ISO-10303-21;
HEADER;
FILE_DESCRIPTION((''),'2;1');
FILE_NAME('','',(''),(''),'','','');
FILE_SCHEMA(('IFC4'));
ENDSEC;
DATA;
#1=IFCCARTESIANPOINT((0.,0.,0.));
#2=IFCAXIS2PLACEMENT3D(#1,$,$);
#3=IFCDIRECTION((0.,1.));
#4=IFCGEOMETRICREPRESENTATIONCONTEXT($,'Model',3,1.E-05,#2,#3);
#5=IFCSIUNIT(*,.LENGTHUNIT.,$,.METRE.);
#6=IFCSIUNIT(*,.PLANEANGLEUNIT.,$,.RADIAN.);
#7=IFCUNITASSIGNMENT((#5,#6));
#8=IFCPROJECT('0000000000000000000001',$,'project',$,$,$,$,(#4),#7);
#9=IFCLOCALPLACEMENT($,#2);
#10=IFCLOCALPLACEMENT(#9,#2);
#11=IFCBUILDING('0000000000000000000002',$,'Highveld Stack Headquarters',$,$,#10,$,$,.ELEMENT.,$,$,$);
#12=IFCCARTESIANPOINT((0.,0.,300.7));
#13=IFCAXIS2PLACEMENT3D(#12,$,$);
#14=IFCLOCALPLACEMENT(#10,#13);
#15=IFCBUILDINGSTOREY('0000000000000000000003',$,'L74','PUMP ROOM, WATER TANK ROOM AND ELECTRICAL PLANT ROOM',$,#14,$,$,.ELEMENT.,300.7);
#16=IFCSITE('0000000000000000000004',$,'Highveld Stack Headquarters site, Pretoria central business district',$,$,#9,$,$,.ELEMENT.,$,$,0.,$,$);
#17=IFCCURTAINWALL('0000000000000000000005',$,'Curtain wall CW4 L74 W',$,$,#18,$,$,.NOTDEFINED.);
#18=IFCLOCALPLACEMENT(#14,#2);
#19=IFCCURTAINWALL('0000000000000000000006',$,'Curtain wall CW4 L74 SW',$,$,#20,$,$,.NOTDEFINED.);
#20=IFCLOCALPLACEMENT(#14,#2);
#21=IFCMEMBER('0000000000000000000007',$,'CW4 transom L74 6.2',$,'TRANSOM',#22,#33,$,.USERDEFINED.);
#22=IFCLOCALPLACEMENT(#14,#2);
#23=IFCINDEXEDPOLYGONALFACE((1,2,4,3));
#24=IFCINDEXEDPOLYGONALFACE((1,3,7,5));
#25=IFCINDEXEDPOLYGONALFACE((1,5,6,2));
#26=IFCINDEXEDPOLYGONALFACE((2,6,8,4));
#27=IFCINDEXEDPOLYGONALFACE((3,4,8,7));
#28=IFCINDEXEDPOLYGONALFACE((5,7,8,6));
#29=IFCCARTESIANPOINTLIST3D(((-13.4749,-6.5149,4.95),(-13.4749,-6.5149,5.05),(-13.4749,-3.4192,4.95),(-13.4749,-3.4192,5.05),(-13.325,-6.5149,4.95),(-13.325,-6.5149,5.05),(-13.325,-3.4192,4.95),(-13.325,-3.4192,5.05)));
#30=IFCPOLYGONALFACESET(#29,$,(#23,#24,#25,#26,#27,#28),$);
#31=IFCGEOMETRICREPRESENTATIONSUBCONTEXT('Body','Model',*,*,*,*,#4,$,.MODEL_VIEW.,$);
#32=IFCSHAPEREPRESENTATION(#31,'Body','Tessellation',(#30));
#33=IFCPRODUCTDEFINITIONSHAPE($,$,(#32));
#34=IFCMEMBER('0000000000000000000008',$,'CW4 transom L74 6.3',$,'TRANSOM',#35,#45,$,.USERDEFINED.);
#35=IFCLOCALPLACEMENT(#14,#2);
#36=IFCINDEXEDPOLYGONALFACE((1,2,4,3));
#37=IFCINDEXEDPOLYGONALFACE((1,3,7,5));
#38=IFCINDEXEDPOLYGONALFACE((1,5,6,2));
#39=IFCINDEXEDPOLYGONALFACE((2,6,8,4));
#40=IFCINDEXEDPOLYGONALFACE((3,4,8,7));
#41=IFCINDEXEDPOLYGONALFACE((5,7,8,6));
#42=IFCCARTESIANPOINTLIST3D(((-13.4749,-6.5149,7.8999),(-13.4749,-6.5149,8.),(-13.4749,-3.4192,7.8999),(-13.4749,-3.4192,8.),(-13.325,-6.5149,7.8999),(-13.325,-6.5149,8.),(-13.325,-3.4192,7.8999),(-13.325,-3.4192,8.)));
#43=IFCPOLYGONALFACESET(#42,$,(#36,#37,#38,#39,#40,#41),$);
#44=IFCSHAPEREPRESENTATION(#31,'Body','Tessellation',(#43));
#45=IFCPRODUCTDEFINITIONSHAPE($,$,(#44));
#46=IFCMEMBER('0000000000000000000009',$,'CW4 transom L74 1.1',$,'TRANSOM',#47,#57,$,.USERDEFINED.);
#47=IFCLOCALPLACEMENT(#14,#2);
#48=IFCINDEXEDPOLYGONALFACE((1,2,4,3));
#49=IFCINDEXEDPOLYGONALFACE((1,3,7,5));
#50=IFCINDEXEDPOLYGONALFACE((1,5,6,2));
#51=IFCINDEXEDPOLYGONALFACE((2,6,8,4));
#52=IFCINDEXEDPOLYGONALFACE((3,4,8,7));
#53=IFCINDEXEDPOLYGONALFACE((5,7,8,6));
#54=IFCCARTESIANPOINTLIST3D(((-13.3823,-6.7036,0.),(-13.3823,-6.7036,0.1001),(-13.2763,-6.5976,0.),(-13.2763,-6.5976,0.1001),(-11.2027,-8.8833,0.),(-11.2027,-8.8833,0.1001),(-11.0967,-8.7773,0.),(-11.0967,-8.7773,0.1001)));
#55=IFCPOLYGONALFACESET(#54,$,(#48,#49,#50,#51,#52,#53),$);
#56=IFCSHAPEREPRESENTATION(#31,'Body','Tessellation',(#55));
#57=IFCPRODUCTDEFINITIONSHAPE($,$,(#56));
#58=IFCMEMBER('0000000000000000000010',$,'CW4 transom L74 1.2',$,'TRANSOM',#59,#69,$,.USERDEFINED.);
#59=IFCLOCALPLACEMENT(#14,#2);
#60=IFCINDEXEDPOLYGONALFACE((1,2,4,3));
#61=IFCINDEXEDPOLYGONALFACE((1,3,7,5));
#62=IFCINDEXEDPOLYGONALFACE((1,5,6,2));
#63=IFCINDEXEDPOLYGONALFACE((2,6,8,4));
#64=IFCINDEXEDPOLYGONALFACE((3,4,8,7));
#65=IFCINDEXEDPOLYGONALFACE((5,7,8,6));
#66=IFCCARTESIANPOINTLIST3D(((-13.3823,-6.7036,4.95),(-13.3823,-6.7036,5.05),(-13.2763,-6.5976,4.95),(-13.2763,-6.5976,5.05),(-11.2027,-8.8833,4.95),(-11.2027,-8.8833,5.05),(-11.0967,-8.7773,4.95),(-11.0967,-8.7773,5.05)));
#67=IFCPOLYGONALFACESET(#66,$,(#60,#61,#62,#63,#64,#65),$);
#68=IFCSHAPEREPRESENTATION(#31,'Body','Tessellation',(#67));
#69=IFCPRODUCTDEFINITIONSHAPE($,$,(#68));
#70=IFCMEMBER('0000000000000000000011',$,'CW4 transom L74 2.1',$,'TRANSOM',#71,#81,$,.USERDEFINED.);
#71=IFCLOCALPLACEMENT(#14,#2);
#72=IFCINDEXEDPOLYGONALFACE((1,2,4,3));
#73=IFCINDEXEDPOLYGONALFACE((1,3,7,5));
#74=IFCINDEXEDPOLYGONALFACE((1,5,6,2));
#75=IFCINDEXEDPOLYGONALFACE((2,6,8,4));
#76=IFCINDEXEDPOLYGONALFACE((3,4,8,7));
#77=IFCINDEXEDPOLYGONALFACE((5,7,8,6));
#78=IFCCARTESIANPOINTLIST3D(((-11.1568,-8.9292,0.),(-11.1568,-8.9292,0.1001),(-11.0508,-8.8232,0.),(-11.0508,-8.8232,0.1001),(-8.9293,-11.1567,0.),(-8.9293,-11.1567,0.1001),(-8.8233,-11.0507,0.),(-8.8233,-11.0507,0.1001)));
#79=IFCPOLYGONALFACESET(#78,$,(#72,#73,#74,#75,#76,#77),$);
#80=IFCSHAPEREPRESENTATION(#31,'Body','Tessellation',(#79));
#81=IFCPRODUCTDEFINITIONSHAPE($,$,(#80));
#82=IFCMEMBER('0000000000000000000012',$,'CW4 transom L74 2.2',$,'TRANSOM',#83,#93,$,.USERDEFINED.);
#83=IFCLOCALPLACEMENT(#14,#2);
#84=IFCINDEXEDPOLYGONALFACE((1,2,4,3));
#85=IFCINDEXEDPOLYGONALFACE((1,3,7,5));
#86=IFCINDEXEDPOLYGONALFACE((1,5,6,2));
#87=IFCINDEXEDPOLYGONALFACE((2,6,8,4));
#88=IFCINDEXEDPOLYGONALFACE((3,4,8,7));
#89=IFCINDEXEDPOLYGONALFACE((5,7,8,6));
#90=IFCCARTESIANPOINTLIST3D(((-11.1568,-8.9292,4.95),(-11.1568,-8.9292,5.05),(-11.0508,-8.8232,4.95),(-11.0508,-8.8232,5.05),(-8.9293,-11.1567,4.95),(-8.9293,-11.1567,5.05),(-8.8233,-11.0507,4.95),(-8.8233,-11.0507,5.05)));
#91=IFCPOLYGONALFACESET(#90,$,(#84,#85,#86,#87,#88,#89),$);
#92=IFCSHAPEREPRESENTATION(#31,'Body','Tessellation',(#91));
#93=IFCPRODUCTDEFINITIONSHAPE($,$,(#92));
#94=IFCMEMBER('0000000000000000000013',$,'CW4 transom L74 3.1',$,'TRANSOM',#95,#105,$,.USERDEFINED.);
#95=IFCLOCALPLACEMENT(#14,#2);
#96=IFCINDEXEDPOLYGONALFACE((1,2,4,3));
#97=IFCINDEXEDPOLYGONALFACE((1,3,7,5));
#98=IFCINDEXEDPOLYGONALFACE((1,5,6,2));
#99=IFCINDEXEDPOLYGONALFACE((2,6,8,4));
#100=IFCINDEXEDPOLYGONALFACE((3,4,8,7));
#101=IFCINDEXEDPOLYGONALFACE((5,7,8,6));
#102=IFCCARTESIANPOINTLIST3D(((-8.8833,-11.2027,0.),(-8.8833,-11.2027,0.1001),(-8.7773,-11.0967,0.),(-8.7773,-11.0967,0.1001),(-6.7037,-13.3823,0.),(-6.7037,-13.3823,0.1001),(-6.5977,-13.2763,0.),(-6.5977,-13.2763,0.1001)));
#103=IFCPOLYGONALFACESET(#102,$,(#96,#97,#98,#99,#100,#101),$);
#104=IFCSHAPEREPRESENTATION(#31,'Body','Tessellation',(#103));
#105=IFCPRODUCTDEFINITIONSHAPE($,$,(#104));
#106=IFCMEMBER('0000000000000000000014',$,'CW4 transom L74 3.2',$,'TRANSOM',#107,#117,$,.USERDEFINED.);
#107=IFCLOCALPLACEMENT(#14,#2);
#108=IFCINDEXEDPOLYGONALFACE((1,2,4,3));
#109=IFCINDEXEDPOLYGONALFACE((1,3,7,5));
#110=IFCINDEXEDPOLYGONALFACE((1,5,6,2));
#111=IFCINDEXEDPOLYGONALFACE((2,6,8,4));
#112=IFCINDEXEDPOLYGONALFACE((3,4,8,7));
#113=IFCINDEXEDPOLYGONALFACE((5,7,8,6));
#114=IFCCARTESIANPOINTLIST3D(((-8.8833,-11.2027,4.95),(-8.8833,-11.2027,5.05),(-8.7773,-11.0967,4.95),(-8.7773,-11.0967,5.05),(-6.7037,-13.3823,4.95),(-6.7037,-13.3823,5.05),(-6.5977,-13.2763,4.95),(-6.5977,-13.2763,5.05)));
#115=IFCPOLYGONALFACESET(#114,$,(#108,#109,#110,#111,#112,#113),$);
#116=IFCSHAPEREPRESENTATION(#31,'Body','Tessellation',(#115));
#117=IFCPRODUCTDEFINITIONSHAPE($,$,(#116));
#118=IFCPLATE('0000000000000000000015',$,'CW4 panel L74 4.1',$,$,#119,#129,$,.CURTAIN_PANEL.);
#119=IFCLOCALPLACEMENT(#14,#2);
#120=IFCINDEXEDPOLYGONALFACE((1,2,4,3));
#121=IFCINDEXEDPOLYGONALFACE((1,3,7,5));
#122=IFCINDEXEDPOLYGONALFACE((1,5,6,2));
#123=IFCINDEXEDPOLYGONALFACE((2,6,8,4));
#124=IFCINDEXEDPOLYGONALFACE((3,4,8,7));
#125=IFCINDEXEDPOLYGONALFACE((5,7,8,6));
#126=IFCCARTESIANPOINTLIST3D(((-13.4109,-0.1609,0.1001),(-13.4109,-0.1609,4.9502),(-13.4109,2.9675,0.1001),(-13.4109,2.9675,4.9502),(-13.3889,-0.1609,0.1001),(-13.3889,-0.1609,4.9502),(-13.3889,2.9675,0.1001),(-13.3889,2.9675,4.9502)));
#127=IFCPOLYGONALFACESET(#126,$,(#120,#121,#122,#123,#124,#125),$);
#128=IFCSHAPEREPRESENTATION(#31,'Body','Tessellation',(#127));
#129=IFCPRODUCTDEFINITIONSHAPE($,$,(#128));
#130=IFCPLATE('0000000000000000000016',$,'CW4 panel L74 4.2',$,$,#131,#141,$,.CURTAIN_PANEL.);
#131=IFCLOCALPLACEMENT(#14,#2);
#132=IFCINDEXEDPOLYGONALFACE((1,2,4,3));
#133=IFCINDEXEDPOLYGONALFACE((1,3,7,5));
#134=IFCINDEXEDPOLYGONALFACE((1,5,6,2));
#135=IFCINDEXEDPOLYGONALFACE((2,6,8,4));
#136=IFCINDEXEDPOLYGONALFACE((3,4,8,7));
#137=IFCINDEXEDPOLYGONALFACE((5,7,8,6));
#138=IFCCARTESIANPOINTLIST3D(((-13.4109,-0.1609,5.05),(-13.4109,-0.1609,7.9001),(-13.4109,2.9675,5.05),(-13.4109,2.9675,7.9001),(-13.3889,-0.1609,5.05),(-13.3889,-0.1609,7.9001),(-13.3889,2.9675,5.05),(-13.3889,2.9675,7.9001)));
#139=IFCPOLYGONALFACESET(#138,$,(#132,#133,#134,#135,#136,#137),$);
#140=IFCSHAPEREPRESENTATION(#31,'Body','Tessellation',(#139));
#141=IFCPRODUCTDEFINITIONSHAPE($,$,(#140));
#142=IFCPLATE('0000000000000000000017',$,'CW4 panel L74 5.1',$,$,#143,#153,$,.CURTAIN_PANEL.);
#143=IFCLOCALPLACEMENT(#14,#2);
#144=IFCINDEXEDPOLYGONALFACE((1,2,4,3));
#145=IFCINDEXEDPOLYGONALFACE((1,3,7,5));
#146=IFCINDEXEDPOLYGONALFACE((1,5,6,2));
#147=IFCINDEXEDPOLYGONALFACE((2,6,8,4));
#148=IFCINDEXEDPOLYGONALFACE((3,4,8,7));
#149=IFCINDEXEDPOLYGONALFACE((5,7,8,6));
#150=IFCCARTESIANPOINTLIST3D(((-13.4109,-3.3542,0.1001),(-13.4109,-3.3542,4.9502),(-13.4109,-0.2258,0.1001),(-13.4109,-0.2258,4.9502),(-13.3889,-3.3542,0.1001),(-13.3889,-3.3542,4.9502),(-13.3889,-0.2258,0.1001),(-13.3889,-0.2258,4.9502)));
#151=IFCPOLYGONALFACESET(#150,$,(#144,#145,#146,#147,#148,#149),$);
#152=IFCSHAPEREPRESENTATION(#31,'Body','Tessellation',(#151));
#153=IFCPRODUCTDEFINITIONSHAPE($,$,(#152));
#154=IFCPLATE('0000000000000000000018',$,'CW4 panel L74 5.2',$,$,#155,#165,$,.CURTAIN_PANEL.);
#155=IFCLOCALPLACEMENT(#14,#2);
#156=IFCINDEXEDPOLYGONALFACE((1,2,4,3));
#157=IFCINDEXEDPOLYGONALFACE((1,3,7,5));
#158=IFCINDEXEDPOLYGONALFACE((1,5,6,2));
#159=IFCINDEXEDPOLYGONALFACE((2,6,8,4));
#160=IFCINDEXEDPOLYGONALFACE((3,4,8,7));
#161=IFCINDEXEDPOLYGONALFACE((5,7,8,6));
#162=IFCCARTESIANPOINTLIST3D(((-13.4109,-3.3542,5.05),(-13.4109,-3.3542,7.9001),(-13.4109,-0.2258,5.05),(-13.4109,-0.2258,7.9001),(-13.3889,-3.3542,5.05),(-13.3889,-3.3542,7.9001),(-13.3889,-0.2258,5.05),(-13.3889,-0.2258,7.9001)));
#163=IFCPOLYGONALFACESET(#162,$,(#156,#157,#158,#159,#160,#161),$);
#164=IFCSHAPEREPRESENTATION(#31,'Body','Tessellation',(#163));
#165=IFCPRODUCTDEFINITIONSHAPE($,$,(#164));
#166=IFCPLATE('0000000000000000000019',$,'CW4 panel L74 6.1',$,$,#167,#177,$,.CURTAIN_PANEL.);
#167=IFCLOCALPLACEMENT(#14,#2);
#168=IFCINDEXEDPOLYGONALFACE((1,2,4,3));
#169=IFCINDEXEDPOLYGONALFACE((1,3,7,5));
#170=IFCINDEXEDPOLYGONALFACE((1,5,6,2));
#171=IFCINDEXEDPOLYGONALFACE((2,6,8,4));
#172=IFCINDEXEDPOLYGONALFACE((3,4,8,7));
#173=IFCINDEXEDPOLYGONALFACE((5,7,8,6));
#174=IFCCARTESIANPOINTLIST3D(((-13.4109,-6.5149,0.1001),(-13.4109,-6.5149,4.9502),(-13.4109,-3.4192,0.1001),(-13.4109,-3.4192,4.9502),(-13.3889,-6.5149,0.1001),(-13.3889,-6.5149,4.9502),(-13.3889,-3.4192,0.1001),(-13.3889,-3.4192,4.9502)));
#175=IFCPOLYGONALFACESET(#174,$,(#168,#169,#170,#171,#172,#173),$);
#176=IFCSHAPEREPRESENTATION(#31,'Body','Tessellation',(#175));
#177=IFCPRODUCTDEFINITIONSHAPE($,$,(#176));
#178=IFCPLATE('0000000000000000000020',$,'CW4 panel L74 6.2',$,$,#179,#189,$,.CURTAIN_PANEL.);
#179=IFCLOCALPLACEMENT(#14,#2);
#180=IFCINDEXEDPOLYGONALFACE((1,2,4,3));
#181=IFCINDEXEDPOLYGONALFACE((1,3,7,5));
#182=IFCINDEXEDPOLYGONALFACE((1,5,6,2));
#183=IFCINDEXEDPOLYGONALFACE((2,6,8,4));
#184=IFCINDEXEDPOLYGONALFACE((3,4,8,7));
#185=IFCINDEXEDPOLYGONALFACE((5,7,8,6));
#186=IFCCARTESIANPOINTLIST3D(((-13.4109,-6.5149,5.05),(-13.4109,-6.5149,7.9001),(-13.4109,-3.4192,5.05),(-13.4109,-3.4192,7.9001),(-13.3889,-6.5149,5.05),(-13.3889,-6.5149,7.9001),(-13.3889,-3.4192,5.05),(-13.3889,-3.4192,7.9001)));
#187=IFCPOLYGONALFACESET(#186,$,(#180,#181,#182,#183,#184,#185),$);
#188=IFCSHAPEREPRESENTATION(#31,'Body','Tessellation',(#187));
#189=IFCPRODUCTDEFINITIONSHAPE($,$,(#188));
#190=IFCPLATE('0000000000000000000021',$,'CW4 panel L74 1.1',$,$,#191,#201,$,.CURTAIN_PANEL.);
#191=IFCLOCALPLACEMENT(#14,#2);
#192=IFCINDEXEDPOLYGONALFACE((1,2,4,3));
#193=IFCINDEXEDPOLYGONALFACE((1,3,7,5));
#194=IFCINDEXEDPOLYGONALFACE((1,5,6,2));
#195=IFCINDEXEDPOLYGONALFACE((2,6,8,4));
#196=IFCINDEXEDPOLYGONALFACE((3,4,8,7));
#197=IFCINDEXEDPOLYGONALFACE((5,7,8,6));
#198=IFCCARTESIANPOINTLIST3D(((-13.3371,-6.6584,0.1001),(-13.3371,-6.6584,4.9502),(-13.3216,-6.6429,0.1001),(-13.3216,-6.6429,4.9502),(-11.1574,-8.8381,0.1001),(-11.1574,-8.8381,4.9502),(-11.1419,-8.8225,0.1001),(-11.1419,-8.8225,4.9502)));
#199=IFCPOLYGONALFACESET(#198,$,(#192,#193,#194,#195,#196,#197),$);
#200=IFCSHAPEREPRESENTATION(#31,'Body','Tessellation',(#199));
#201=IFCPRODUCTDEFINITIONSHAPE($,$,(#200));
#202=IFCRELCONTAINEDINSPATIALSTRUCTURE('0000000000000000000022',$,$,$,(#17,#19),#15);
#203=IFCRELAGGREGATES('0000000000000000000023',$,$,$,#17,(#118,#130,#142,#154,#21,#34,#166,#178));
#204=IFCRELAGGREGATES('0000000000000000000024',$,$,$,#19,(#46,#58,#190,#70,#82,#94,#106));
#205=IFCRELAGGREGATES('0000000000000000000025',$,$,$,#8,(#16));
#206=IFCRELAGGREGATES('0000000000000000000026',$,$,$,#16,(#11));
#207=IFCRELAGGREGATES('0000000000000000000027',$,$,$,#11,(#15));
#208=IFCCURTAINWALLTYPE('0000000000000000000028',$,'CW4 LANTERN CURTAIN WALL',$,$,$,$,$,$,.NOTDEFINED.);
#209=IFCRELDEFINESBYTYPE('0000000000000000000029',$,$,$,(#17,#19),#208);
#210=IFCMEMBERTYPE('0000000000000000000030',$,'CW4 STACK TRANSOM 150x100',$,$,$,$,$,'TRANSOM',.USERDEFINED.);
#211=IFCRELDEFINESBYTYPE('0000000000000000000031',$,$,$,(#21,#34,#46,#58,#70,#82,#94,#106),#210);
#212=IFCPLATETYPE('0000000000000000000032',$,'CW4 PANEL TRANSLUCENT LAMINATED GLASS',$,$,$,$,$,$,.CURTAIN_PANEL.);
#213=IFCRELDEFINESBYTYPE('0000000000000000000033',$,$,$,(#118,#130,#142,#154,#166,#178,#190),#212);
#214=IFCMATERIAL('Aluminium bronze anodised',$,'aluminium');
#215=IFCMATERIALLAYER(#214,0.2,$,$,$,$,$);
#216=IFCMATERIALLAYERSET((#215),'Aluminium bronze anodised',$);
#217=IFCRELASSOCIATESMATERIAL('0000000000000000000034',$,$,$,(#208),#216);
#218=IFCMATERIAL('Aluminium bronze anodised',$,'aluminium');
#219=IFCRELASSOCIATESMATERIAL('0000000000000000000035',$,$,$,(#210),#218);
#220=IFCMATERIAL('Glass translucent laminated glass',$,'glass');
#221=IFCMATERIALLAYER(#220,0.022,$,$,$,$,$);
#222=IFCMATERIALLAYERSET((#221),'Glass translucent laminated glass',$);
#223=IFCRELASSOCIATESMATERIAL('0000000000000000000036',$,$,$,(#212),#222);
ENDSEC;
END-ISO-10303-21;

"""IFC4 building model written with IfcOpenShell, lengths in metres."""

from ifc_helpers import new_model, si_unit, direction, frame, origin, origin_2d, place, context, subcontext, project, spatial, rectangle, extrude, material, layer, layer_set, material_profile, profile_set, type_object, element, aggregate, save


model = new_model("IFC4")

# Units and contexts
model_context = context("Model", 3, precision=1e-05, world=origin(), true_north=direction((0.0, 1.0)))
body_context = subcontext(model_context, "Body", "Model", "MODEL_VIEW")
ifc_project = project(units=[si_unit("LENGTHUNIT", "METRE"), si_unit("PLANEANGLEUNIT", "RADIAN")], contexts=[model_context])

# Site, building, storey
site_placement = place(None, origin())
site = spatial("IfcSite", under=ifc_project, at=site_placement, Name="Highveld Stack Headquarters site, Pretoria central business district", CompositionType="ELEMENT", RefElevation=0.0)
building_placement = place(site_placement, origin())
building = spatial("IfcBuilding", under=site, at=building_placement, Name="Highveld Stack Headquarters", CompositionType="ELEMENT")
storey_placement = place(building_placement, frame((0.0, 0.0, 300.7)))
storey = spatial("IfcBuildingStorey", under=building, at=storey_placement, Name="L74", Description="PUMP ROOM, WATER TANK ROOM AND ELECTRICAL PLANT ROOM", CompositionType="ELEMENT", Elevation=300.7)

# Shared definitions
ifc_material_1 = material(Name="Aluminium bronze anodised", Category="aluminium")
ifc_layer_1 = layer(ifc_material_1, 0.2)
ifc_layer_set_1 = layer_set([ifc_layer_1], Name="Aluminium bronze anodised")
curtain_wall_type = type_object("IfcCurtainWallType", Name="CW4 LANTERN CURTAIN WALL", PredefinedType="NOTDEFINED", material=ifc_layer_set_1)

# Curtain walls
curtain_wall_1_placement = place(storey_placement, origin())
curtain_wall_1 = element("IfcCurtainWall", 1, at=curtain_wall_1_placement, inside=storey, type_object=curtain_wall_type, Name="Curtain wall CW4 L74 W", PredefinedType="NOTDEFINED")
curtain_wall_2_placement = place(storey_placement, origin())
curtain_wall_2 = element("IfcCurtainWall", 2, at=curtain_wall_2_placement, inside=storey, type_object=curtain_wall_type, Name="Curtain wall CW4 L74 SW", PredefinedType="NOTDEFINED")

# Members
ifc_material_2 = material(Name="Aluminium bronze anodised", Category="aluminium")
ifc_material_profile_1 = material_profile(ifc_material_2, rectangle(XDim=0.1499, YDim=0.1001, at=origin_2d()), Name="CW4 TRANSOM 150x100")
ifc_profile_set_1 = profile_set([ifc_material_profile_1], Name="Aluminium bronze anodised")
member_type_1 = type_object("IfcMemberType", Name="CW4 STACK TRANSOM 150x100", ElementType="TRANSOM", PredefinedType="USERDEFINED", material=ifc_profile_set_1)
member_1_placement = place(storey_placement, frame((-13.3999, -3.4192, 5.0), z_axis=(0.0, -1.0, 0.0), x_axis=(1.0, 0.0, 0.0)))
member_1 = element("IfcMember", 3, at=member_1_placement, type_object=member_type_1, Name="CW4 transom L74 6.2", ObjectType="TRANSOM", PredefinedType="USERDEFINED", context=body_context, shape_type="SweptSolid", body=[
    extrude(rectangle(XDim=0.1499, YDim=0.1001, at=origin_2d()), origin(), (0.0, 0.0, 1.0), 3.0957),
])
member_2_placement = place(storey_placement, frame((-13.3999, -3.4192, 7.95), z_axis=(0.0, -1.0, 0.0), x_axis=(1.0, 0.0, 0.0)))
member_2 = element("IfcMember", 4, at=member_2_placement, type_object=member_type_1, Name="CW4 transom L74 6.3", ObjectType="TRANSOM", PredefinedType="USERDEFINED", context=body_context, shape_type="SweptSolid", body=[
    extrude(rectangle(XDim=0.1499, YDim=0.1001, at=origin_2d()), origin(), (0.0, 0.0, 1.0), 3.0957),
])
member_3_placement = place(storey_placement, frame((-13.3293, -6.6506, 0.05), z_axis=(0.707107, -0.707107, 0.0), x_axis=(0.707107, 0.707107, 0.0)))
member_3 = element("IfcMember", 5, at=member_3_placement, type_object=member_type_1, Name="CW4 transom L74 1.1", ObjectType="TRANSOM", PredefinedType="USERDEFINED", context=body_context, shape_type="SweptSolid", body=[
    extrude(rectangle(XDim=0.1499, YDim=0.1001, at=origin_2d()), origin(), (0.0, 0.0, 1.0), 3.0825),
])
member_4_placement = place(storey_placement, frame((-13.3293, -6.6506, 5.0), z_axis=(0.707107, -0.707107, 0.0), x_axis=(0.707107, 0.707107, 0.0)))
member_4 = element("IfcMember", 6, at=member_4_placement, type_object=member_type_1, Name="CW4 transom L74 1.2", ObjectType="TRANSOM", PredefinedType="USERDEFINED", context=body_context, shape_type="SweptSolid", body=[
    extrude(rectangle(XDim=0.1499, YDim=0.1001, at=origin_2d()), origin(), (0.0, 0.0, 1.0), 3.0825),
])
member_5_placement = place(storey_placement, frame((-11.1038, -8.8762, 0.05), z_axis=(0.707107, -0.707107, 0.0), x_axis=(0.707107, 0.707107, 0.0)))
member_5 = element("IfcMember", 7, at=member_5_placement, type_object=member_type_1, Name="CW4 transom L74 2.1", ObjectType="TRANSOM", PredefinedType="USERDEFINED", context=body_context, shape_type="SweptSolid", body=[
    extrude(rectangle(XDim=0.1499, YDim=0.1001, at=origin_2d()), origin(), (0.0, 0.0, 1.0), 3.1501),
])
member_6_placement = place(storey_placement, frame((-11.1038, -8.8762, 5.0), z_axis=(0.707107, -0.707107, 0.0), x_axis=(0.707107, 0.707107, 0.0)))
member_6 = element("IfcMember", 8, at=member_6_placement, type_object=member_type_1, Name="CW4 transom L74 2.2", ObjectType="TRANSOM", PredefinedType="USERDEFINED", context=body_context, shape_type="SweptSolid", body=[
    extrude(rectangle(XDim=0.1499, YDim=0.1001, at=origin_2d()), origin(), (0.0, 0.0, 1.0), 3.1501),
])
member_7_placement = place(storey_placement, frame((-8.8303, -11.1497, 0.05), z_axis=(0.707107, -0.707107, 0.0), x_axis=(0.707107, 0.707107, 0.0)))
member_7 = element("IfcMember", 9, at=member_7_placement, type_object=member_type_1, Name="CW4 transom L74 3.1", ObjectType="TRANSOM", PredefinedType="USERDEFINED", context=body_context, shape_type="SweptSolid", body=[
    extrude(rectangle(XDim=0.1499, YDim=0.1001, at=origin_2d()), origin(), (0.0, 0.0, 1.0), 3.0825),
])
member_8_placement = place(storey_placement, frame((-8.8303, -11.1497, 5.0), z_axis=(0.707107, -0.707107, 0.0), x_axis=(0.707107, 0.707107, 0.0)))
member_8 = element("IfcMember", 10, at=member_8_placement, type_object=member_type_1, Name="CW4 transom L74 3.2", ObjectType="TRANSOM", PredefinedType="USERDEFINED", context=body_context, shape_type="SweptSolid", body=[
    extrude(rectangle(XDim=0.1499, YDim=0.1001, at=origin_2d()), origin(), (0.0, 0.0, 1.0), 3.0825),
])

# Plates
ifc_material_3 = material(Name="Glass translucent laminated glass", Category="glass")
ifc_layer_2 = layer(ifc_material_3, 0.022)
ifc_layer_set_2 = layer_set([ifc_layer_2], Name="Glass translucent laminated glass")
plate_type = type_object("IfcPlateType", Name="CW4 PANEL TRANSLUCENT LAMINATED GLASS", PredefinedType="CURTAIN_PANEL", material=ifc_layer_set_2)
plate_1_placement = place(storey_placement, frame((-13.3999, 1.4033, 0.1001), z_axis=(0.0, 0.0, 1.0), x_axis=(0.0, -1.0, 0.0)))
plate_1 = element("IfcPlate", 11, at=plate_1_placement, type_object=plate_type, Name="CW4 panel L74 4.1", PredefinedType="CURTAIN_PANEL", context=body_context, shape_type="SweptSolid", body=[
    extrude(rectangle(XDim=3.1284, YDim=0.022, at=origin_2d()), origin(), (0.0, 0.0, 1.0), 4.8501),
])
plate_2_placement = place(storey_placement, frame((-13.3999, 1.4033, 5.05), z_axis=(0.0, 0.0, 1.0), x_axis=(0.0, -1.0, 0.0)))
plate_2 = element("IfcPlate", 12, at=plate_2_placement, type_object=plate_type, Name="CW4 panel L74 4.2", PredefinedType="CURTAIN_PANEL", context=body_context, shape_type="SweptSolid", body=[
    extrude(rectangle(XDim=3.1284, YDim=0.022, at=origin_2d()), origin(), (0.0, 0.0, 1.0), 2.8501),
])
plate_3_placement = place(storey_placement, frame((-13.3999, -1.79, 0.1001), z_axis=(0.0, 0.0, 1.0), x_axis=(0.0, -1.0, 0.0)))
plate_3 = element("IfcPlate", 13, at=plate_3_placement, type_object=plate_type, Name="CW4 panel L74 5.1", PredefinedType="CURTAIN_PANEL", context=body_context, shape_type="SweptSolid", body=[
    extrude(rectangle(XDim=3.1284, YDim=0.022, at=origin_2d()), origin(), (0.0, 0.0, 1.0), 4.8501),
])
plate_4_placement = place(storey_placement, frame((-13.3999, -1.79, 5.05), z_axis=(0.0, 0.0, 1.0), x_axis=(0.0, -1.0, 0.0)))
plate_4 = element("IfcPlate", 14, at=plate_4_placement, type_object=plate_type, Name="CW4 panel L74 5.2", PredefinedType="CURTAIN_PANEL", context=body_context, shape_type="SweptSolid", body=[
    extrude(rectangle(XDim=3.1284, YDim=0.022, at=origin_2d()), origin(), (0.0, 0.0, 1.0), 2.8501),
])
plate_5_placement = place(storey_placement, frame((-13.3999, -4.967, 0.1001), z_axis=(0.0, 0.0, 1.0), x_axis=(0.0, -1.0, 0.0)))
plate_5 = element("IfcPlate", 15, at=plate_5_placement, type_object=plate_type, Name="CW4 panel L74 6.1", PredefinedType="CURTAIN_PANEL", context=body_context, shape_type="SweptSolid", body=[
    extrude(rectangle(XDim=3.0957, YDim=0.022, at=origin_2d()), origin(), (0.0, 0.0, 1.0), 4.8501),
])
plate_6_placement = place(storey_placement, frame((-13.3999, -4.967, 5.05), z_axis=(0.0, 0.0, 1.0), x_axis=(0.0, -1.0, 0.0)))
plate_6 = element("IfcPlate", 16, at=plate_6_placement, type_object=plate_type, Name="CW4 panel L74 6.2", PredefinedType="CURTAIN_PANEL", context=body_context, shape_type="SweptSolid", body=[
    extrude(rectangle(XDim=3.0957, YDim=0.022, at=origin_2d()), origin(), (0.0, 0.0, 1.0), 2.8501),
])
aggregate(curtain_wall_1, [plate_1, plate_2, plate_3, plate_4, member_1, member_2, plate_5, plate_6])
plate_7_placement = place(storey_placement, frame((-12.2395, -7.7405, 0.1001), z_axis=(0.0, 0.0, 1.0), x_axis=(0.707107, -0.707107, 0.0)))
plate_7 = element("IfcPlate", 17, at=plate_7_placement, type_object=plate_type, Name="CW4 panel L74 1.1", PredefinedType="CURTAIN_PANEL", context=body_context, shape_type="SweptSolid", body=[
    extrude(rectangle(XDim=3.0825, YDim=0.022, at=origin_2d()), origin(), (0.0, 0.0, 1.0), 4.8501),
])
aggregate(curtain_wall_2, [member_3, member_4, plate_7, member_5, member_6, member_7, member_8])

save(model, "model.ifc")
